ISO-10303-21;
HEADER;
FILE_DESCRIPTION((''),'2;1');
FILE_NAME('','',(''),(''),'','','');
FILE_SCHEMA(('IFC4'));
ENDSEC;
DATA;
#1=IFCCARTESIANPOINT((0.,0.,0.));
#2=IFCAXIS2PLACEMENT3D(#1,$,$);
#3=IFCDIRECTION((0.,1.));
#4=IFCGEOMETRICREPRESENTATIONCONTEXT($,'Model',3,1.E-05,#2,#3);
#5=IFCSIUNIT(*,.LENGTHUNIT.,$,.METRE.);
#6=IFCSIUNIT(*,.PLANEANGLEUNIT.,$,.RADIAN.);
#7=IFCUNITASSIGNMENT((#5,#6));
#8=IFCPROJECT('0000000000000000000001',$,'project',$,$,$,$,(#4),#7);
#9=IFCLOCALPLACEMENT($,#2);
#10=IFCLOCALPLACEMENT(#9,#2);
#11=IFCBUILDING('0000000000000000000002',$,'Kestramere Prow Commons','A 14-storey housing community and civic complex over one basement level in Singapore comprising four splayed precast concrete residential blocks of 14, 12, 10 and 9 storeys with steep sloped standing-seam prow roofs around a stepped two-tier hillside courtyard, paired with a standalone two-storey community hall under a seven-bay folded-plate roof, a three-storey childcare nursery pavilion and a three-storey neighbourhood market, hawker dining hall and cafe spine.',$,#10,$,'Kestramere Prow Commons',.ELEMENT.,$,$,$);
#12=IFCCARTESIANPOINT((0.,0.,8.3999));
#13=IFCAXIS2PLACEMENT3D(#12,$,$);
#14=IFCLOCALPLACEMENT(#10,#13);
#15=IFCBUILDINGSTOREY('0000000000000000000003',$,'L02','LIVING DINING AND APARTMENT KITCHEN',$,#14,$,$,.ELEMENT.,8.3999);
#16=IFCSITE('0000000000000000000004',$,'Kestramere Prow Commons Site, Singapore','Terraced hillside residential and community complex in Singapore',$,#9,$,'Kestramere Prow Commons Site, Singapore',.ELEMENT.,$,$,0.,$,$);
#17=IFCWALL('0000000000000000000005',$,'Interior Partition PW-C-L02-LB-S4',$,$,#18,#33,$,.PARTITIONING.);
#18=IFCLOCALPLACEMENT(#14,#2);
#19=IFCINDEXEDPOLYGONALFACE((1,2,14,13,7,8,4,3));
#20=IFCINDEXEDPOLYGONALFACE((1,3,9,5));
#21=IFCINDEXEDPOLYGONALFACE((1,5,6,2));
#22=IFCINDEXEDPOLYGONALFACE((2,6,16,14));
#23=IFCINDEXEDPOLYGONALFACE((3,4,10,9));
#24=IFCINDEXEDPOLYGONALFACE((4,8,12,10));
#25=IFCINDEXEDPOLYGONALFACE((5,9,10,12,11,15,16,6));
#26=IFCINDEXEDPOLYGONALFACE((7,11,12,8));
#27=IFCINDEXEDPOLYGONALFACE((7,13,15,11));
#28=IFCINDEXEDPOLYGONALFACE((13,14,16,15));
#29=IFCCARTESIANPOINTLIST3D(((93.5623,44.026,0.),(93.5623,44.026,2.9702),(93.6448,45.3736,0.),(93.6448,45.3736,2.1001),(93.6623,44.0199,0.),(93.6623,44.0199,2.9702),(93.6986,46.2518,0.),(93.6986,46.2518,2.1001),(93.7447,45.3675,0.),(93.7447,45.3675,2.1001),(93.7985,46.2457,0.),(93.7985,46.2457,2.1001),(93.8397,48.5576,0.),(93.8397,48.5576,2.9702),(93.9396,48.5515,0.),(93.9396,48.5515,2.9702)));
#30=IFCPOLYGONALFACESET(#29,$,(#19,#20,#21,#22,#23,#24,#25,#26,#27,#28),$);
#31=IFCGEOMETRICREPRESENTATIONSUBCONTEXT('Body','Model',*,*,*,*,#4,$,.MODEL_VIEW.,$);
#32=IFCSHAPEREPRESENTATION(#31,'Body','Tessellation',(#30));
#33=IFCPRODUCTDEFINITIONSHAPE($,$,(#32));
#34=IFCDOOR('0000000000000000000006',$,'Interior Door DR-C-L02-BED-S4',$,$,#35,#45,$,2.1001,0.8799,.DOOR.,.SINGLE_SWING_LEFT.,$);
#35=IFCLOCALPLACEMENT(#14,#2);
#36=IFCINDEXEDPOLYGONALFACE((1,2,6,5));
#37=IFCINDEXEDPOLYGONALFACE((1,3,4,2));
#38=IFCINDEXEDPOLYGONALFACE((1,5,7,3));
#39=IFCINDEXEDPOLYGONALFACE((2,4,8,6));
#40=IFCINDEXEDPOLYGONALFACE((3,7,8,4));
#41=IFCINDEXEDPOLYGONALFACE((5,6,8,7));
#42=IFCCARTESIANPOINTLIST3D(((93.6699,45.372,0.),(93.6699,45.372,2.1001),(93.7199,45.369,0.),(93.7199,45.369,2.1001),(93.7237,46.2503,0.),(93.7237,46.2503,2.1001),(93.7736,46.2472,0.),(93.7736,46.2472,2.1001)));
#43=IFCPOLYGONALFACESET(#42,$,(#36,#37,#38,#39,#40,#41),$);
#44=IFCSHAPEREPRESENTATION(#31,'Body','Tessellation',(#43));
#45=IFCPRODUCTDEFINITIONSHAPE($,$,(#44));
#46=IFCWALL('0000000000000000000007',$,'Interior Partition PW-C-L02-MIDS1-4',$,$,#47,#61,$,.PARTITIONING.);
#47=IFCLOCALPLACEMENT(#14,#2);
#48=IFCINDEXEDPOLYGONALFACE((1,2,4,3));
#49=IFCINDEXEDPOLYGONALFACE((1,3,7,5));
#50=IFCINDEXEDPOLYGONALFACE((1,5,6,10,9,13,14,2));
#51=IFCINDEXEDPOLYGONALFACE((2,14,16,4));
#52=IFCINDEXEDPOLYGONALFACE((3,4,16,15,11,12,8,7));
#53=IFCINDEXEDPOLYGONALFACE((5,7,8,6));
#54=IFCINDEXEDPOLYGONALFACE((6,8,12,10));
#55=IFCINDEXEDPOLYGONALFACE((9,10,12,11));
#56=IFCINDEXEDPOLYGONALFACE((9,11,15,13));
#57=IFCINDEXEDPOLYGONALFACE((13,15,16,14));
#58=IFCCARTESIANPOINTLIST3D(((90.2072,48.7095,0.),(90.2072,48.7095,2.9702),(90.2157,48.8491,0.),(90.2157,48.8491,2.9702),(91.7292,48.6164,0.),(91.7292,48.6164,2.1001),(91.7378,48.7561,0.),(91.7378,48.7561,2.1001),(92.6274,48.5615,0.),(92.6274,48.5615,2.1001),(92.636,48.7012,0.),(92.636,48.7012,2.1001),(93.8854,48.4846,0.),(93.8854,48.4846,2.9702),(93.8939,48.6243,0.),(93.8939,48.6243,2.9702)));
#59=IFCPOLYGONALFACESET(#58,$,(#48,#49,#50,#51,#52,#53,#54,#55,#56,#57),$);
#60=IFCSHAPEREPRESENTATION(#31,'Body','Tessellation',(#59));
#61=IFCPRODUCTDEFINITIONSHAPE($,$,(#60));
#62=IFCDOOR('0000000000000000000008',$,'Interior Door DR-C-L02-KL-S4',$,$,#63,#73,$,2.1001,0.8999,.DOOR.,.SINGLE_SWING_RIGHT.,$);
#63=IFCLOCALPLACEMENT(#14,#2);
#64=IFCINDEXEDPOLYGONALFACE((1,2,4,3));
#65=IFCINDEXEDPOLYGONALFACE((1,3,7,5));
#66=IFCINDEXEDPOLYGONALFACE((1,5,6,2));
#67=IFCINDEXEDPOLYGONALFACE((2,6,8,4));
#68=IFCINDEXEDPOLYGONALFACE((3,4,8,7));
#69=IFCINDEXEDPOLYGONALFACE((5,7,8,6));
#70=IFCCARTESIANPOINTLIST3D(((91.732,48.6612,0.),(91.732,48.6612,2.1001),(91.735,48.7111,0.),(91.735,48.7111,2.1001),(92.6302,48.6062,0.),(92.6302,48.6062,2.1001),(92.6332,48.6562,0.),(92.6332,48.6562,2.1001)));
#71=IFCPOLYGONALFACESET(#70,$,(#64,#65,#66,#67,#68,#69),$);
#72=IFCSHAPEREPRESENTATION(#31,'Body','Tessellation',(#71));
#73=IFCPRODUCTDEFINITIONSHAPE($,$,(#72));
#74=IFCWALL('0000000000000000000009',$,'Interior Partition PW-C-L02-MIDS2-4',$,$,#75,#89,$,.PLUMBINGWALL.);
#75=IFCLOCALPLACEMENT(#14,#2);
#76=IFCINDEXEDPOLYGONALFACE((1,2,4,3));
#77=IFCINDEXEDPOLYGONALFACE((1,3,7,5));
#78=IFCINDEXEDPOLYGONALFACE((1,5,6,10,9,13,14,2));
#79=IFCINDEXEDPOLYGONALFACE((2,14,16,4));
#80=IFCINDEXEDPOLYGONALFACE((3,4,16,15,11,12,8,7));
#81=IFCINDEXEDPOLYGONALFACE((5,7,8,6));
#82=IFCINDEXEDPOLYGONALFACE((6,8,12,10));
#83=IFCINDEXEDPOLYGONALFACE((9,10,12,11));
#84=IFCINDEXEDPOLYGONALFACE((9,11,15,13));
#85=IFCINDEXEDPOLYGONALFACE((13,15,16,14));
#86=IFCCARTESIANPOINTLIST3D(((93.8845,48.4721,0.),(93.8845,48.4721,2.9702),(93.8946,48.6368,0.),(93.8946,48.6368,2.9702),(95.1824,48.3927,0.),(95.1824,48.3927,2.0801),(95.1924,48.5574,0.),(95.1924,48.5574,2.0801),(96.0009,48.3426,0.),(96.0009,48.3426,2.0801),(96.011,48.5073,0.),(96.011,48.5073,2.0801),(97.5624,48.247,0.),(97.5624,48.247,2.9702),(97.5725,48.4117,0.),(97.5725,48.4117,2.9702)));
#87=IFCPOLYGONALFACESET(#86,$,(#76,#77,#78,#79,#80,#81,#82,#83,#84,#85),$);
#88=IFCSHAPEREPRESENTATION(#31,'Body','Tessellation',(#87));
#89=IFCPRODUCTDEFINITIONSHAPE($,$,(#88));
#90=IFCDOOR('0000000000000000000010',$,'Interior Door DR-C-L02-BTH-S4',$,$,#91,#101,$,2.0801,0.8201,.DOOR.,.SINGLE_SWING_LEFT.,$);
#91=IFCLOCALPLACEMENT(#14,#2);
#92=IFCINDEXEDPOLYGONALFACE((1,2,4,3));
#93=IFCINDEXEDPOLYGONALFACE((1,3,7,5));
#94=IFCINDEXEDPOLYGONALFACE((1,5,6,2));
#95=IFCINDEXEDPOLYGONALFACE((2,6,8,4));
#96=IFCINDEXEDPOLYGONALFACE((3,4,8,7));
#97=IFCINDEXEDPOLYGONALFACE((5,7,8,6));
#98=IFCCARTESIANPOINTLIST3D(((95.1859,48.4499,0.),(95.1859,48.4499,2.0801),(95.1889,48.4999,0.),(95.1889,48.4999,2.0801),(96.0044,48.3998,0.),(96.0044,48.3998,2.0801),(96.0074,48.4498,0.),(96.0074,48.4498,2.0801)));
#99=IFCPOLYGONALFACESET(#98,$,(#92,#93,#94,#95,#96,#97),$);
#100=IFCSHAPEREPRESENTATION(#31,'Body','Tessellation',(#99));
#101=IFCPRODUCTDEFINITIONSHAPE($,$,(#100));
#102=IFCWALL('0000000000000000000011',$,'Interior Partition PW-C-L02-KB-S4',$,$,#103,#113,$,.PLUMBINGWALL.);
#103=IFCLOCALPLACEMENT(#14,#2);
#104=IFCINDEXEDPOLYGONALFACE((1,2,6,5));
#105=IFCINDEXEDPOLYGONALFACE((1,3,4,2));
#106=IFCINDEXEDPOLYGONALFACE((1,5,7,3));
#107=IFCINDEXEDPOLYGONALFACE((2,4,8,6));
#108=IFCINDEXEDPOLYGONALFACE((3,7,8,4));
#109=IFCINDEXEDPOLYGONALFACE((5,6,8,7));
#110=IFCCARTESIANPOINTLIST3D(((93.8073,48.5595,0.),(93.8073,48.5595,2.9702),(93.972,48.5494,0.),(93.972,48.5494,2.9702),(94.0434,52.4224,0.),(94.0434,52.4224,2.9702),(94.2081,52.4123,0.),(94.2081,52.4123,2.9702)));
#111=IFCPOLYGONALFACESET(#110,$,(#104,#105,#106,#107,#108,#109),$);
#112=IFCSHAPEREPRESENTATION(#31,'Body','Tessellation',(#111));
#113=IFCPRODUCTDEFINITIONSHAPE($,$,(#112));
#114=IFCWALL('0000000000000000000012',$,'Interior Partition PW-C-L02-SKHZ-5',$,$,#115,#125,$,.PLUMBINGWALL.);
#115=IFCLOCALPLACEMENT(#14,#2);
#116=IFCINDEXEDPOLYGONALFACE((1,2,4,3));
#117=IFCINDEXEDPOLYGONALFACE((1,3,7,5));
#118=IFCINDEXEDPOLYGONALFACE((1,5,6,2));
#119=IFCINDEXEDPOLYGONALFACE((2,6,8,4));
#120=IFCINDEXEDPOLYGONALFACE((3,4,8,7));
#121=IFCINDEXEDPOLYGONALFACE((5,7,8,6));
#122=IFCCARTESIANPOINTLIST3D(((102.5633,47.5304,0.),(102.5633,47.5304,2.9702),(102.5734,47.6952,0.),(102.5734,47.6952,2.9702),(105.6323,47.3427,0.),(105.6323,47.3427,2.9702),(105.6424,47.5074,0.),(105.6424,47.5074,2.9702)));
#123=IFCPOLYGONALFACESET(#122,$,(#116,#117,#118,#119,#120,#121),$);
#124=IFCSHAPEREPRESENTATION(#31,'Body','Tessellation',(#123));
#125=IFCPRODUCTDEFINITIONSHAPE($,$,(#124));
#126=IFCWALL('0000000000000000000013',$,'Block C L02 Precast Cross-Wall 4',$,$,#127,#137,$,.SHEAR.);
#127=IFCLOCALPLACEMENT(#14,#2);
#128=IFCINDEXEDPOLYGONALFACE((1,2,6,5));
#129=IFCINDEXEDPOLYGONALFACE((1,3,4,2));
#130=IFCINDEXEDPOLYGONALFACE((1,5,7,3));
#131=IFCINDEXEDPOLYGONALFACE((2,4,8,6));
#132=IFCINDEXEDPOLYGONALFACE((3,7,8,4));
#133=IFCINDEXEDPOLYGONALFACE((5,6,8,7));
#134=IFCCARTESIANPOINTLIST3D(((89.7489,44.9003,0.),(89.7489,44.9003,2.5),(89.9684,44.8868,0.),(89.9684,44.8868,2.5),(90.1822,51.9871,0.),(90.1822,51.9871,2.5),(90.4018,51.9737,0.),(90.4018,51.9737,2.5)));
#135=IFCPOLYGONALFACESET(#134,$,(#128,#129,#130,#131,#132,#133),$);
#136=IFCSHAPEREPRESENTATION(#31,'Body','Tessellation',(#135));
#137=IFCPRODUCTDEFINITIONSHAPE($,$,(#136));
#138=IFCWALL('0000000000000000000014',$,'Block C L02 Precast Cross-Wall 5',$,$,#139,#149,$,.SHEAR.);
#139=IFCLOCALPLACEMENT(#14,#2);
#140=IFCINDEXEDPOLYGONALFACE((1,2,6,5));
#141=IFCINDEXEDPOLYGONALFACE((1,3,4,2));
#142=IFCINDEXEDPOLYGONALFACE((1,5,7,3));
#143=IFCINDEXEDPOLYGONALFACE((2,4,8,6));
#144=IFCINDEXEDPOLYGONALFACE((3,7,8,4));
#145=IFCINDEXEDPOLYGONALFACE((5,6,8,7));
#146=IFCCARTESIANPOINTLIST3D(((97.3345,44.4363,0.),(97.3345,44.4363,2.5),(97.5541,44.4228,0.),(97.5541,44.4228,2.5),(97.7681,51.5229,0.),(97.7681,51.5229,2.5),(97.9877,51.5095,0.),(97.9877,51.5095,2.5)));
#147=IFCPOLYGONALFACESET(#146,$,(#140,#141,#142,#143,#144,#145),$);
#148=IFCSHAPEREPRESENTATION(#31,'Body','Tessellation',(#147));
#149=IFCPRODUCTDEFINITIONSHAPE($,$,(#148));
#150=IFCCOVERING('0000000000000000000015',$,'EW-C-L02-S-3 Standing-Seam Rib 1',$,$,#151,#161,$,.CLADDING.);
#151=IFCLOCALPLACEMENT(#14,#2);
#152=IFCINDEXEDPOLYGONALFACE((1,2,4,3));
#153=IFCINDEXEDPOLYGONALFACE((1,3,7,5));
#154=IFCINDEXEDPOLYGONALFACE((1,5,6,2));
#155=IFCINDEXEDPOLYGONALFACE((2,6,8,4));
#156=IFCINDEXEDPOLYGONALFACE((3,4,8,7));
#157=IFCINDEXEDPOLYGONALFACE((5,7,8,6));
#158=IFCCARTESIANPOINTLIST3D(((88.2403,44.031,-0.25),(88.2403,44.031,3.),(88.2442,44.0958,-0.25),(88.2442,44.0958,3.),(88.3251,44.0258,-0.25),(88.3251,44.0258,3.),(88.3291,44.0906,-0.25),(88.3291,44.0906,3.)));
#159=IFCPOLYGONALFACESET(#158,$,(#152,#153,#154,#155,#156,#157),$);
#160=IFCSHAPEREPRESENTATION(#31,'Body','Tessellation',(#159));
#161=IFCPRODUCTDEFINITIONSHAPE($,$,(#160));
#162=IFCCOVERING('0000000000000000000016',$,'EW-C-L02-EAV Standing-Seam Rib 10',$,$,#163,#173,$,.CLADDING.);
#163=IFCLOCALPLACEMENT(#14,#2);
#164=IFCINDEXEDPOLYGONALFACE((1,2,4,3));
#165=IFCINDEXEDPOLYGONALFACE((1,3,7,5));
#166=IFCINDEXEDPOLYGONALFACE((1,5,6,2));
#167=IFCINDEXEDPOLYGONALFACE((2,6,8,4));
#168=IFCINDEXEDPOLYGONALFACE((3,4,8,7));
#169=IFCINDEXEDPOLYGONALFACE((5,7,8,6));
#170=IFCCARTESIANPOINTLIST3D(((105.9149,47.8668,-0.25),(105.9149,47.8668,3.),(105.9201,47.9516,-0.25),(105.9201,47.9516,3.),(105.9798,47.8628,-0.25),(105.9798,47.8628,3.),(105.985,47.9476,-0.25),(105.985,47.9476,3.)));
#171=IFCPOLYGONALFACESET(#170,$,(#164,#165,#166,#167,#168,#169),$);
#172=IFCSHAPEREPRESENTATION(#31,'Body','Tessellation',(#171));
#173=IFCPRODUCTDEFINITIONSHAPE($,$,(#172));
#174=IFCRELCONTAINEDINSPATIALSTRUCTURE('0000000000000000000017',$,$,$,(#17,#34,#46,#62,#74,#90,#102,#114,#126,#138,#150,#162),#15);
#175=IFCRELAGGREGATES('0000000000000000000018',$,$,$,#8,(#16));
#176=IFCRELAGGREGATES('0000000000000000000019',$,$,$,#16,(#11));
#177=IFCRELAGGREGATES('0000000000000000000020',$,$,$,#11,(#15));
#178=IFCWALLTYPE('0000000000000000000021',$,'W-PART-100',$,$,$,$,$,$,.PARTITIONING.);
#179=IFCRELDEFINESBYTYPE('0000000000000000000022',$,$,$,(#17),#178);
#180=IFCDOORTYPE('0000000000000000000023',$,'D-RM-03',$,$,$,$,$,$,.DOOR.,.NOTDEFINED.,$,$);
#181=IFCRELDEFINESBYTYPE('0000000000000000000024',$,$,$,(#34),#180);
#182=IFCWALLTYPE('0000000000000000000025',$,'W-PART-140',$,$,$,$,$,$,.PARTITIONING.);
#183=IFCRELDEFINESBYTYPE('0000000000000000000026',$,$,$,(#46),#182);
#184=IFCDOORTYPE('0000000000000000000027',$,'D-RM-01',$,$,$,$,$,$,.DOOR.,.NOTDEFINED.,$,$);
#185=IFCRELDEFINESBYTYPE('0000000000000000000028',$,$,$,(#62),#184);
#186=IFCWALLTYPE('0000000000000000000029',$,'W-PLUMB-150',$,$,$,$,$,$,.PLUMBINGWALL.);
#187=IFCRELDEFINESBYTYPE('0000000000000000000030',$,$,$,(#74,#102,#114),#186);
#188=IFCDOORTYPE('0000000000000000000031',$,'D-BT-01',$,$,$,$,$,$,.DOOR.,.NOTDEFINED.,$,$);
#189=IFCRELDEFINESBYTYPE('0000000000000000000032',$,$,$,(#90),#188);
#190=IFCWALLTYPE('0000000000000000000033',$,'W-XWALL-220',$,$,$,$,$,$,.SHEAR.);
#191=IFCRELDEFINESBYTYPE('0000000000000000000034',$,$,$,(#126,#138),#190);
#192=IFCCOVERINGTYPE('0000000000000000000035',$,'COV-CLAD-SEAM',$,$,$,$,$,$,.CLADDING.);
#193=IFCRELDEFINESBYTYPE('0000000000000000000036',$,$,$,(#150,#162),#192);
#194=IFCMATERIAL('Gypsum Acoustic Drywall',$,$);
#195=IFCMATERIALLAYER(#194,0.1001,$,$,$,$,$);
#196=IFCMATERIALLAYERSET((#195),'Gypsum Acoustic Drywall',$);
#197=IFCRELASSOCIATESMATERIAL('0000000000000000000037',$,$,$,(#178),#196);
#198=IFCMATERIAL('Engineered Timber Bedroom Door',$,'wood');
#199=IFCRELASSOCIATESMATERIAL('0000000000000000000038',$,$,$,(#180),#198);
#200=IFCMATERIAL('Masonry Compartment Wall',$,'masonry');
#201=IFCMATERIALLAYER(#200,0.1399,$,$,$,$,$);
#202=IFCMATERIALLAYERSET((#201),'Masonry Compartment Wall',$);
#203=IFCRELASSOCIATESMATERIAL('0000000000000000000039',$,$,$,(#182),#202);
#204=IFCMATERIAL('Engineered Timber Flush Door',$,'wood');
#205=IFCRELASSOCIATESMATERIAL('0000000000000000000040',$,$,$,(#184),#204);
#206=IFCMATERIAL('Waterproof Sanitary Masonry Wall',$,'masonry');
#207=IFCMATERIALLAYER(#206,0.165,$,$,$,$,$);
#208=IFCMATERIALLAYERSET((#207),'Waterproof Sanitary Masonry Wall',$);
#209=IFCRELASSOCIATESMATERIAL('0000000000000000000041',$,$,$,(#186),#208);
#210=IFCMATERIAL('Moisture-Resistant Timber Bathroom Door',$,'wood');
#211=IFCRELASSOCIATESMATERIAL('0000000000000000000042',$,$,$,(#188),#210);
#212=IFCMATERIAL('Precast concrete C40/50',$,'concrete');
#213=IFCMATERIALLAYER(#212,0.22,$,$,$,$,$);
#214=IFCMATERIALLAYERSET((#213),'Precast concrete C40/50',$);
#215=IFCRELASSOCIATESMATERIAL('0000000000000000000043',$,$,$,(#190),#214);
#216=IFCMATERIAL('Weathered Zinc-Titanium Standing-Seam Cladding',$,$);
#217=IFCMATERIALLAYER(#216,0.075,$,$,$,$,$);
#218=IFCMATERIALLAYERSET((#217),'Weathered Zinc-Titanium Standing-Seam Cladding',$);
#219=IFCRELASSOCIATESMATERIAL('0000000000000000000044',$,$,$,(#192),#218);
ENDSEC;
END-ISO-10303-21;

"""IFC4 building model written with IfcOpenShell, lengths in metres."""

from ifc_helpers import new_model, si_unit, direction, frame, frame_2d, origin, origin_2d, place, context, subcontext, project, spatial, rectangle, extrude, material, layer, layer_set, type_object, element, fill, save


model = new_model("IFC4")

# Units and contexts
model_context = context("Model", 3, precision=1e-05, world=origin(), true_north=direction((0.0, 1.0)))
body_context = subcontext(model_context, "Body", "Model", "MODEL_VIEW")
ifc_project = project(units=[si_unit("LENGTHUNIT", "METRE"), si_unit("PLANEANGLEUNIT", "RADIAN")], contexts=[model_context])

# Site, building, storey
site_placement = place(None, origin())
site = spatial("IfcSite", under=ifc_project, at=site_placement, Name="Kestramere Prow Commons Site, Singapore", Description="Terraced hillside residential and community complex in Singapore", LongName="Kestramere Prow Commons Site, Singapore", CompositionType="ELEMENT", RefElevation=0.0)
building_placement = place(site_placement, origin())
building = spatial("IfcBuilding", under=site, at=building_placement, Name="Kestramere Prow Commons", Description="A 14-storey housing community and civic complex over one basement level in Singapore comprising four splayed precast concrete residential blocks of 14, 12, 10 and 9 storeys with steep sloped standing-seam prow roofs around a stepped two-tier hillside courtyard, paired with a standalone two-storey community hall under a seven-bay folded-plate roof, a three-storey childcare nursery pavilion and a three-storey neighbourhood market, hawker dining hall and cafe spine.", LongName="Kestramere Prow Commons", CompositionType="ELEMENT")
storey_placement = place(building_placement, frame((0.0, 0.0, 8.3999)))
storey = spatial("IfcBuildingStorey", under=building, at=storey_placement, Name="L02", Description="LIVING DINING AND APARTMENT KITCHEN", CompositionType="ELEMENT", Elevation=8.3999)

# Shared definitions
ifc_material_1 = material(Name="Precast concrete C40/50", Category="concrete")

# Walls, openings, doors
ifc_material_2 = material(Name="Gypsum Acoustic Drywall")
ifc_layer_1 = layer(ifc_material_2, 0.1001)
ifc_layer_set_1 = layer_set([ifc_layer_1], Name="Gypsum Acoustic Drywall")
wall_type_1 = type_object("IfcWallType", Name="W-PART-100", PredefinedType="PARTITIONING", material=ifc_layer_set_1)
wall_1_placement = place(storey_placement, frame((93.6123, 44.0229, 0.0), z_axis=(0.0, 0.0, 1.0), x_axis=(0.061089, 0.998132, 0.0)))
wall_1 = element("IfcWall", 1, at=wall_1_placement, inside=storey, type_object=wall_type_1, Name="Interior Partition PW-C-L02-LB-S4", PredefinedType="PARTITIONING", context=body_context, shape_type="SweptSolid", body=[
    extrude(rectangle(XDim=4.54, YDim=0.1001, at=frame_2d((2.27, 0.0))), origin(), (0.0, 0.0, 1.0), 2.9702),
])
opening_1_placement = place(wall_1_placement, frame((1.3501, 0.0, 0.0)))
opening_1 = element("IfcOpeningElement", 2, at=opening_1_placement, cuts=wall_1, PredefinedType="OPENING", context=body_context, shape_type="SweptSolid", body=[
    extrude(rectangle(XDim=0.8799, YDim=2.1001, at=frame_2d((0.4399, 1.05))), frame((0.0, 0.0649, 0.0), z_axis=(0.0, -1.0, 0.0), x_axis=(1.0, 0.0, 0.0)), (0.0, 0.0, 1.0), 0.1301),
])
ifc_material_3 = material(Name="Engineered Timber Bedroom Door", Category="wood")
door_type_1 = type_object("IfcDoorType", Name="D-RM-03", OperationType="NOTDEFINED", PredefinedType="DOOR", material=ifc_material_3)
door_1_placement = place(opening_1_placement, origin())
door_1 = element("IfcDoor", 3, at=door_1_placement, inside=storey, type_object=door_type_1, Name="Interior Door DR-C-L02-BED-S4", OperationType="SINGLE_SWING_LEFT", OverallHeight=2.1001, OverallWidth=0.8799, PredefinedType="DOOR", context=body_context, shape_type="SweptSolid", body=[
    extrude(rectangle(XDim=0.8799, YDim=2.1001, at=frame_2d((0.4399, 1.05))), frame((0.0, 0.0249, 0.0), z_axis=(0.0, -1.0, 0.0), x_axis=(1.0, 0.0, 0.0)), (0.0, 0.0, 1.0), 0.05),
])
fill(opening_1, door_1)
ifc_material_4 = material(Name="Masonry Compartment Wall", Category="masonry")
ifc_layer_2 = layer(ifc_material_4, 0.1399)
ifc_layer_set_2 = layer_set([ifc_layer_2], Name="Masonry Compartment Wall")
wall_type_2 = type_object("IfcWallType", Name="W-PART-140", PredefinedType="PARTITIONING", material=ifc_layer_set_2)
wall_2_placement = place(storey_placement, frame((90.2114, 48.7793, 0.0), z_axis=(0.0, 0.0, 1.0), x_axis=(0.998137, -0.061017, 0.0)))
wall_2 = element("IfcWall", 4, at=wall_2_placement, inside=storey, type_object=wall_type_2, Name="Interior Partition PW-C-L02-MIDS1-4", PredefinedType="PARTITIONING", context=body_context, shape_type="SweptSolid", body=[
    extrude(rectangle(XDim=3.6851, YDim=0.1399, at=frame_2d((1.8425, 0.0))), origin(), (0.0, 0.0, 1.0), 2.9702),
])
opening_2_placement = place(wall_2_placement, frame((1.5249, 0.0, 0.0)))
opening_2 = element("IfcOpeningElement", 5, at=opening_2_placement, cuts=wall_2, PredefinedType="OPENING", context=body_context, shape_type="SweptSolid", body=[
    extrude(rectangle(XDim=0.8999, YDim=2.1001, at=frame_2d((0.45, 1.05))), frame((0.0, 0.085, 0.0), z_axis=(0.0, -1.0, 0.0), x_axis=(1.0, 0.0, 0.0)), (0.0, 0.0, 1.0), 0.1699),
])
ifc_material_5 = material(Name="Engineered Timber Flush Door", Category="wood")
door_type_2 = type_object("IfcDoorType", Name="D-RM-01", OperationType="NOTDEFINED", PredefinedType="DOOR", material=ifc_material_5)
door_2_placement = place(opening_2_placement, origin())
door_2 = element("IfcDoor", 6, at=door_2_placement, inside=storey, type_object=door_type_2, Name="Interior Door DR-C-L02-KL-S4", OperationType="SINGLE_SWING_RIGHT", OverallHeight=2.1001, OverallWidth=0.8999, PredefinedType="DOOR", context=body_context, shape_type="SweptSolid", body=[
    extrude(rectangle(XDim=0.8999, YDim=2.1001, at=frame_2d((0.45, 1.05))), frame((0.0, 0.0249, 0.0), z_axis=(0.0, -1.0, 0.0), x_axis=(1.0, 0.0, 0.0)), (0.0, 0.0, 1.0), 0.05),
])
fill(opening_2, door_2)
ifc_material_6 = material(Name="Waterproof Sanitary Masonry Wall", Category="masonry")
ifc_layer_3 = layer(ifc_material_6, 0.165)
ifc_layer_set_3 = layer_set([ifc_layer_3], Name="Waterproof Sanitary Masonry Wall")
wall_type_3 = type_object("IfcWallType", Name="W-PLUMB-150", PredefinedType="PLUMBINGWALL", material=ifc_layer_set_3)
wall_3_placement = place(storey_placement, frame((93.8896, 48.5544, 0.0), z_axis=(0.0, 0.0, 1.0), x_axis=(0.998132, -0.061087, 0.0)))
wall_3 = element("IfcWall", 7, at=wall_3_placement, inside=storey, type_object=wall_type_3, Name="Interior Partition PW-C-L02-MIDS2-4", PredefinedType="PLUMBINGWALL", context=body_context, shape_type="SweptSolid", body=[
    extrude(rectangle(XDim=3.6848, YDim=0.165, at=frame_2d((1.8423, 0.0))), origin(), (0.0, 0.0, 1.0), 2.9702),
])
opening_3_placement = place(wall_3_placement, frame((1.3, 0.0, 0.0)))
opening_3 = element("IfcOpeningElement", 8, at=opening_3_placement, cuts=wall_3, PredefinedType="OPENING", context=body_context, shape_type="SweptSolid", body=[
    extrude(rectangle(XDim=0.8201, YDim=2.0801, at=frame_2d((0.4102, 1.04))), frame((0.0, 0.0974, 0.0), z_axis=(0.0, -1.0, 0.0), x_axis=(1.0, 0.0, 0.0)), (0.0, 0.0, 1.0), 0.1951),
])
ifc_material_7 = material(Name="Moisture-Resistant Timber Bathroom Door", Category="wood")
door_type_3 = type_object("IfcDoorType", Name="D-BT-01", OperationType="NOTDEFINED", PredefinedType="DOOR", material=ifc_material_7)
door_3_placement = place(opening_3_placement, origin())
door_3 = element("IfcDoor", 9, at=door_3_placement, inside=storey, type_object=door_type_3, Name="Interior Door DR-C-L02-BTH-S4", OperationType="SINGLE_SWING_LEFT", OverallHeight=2.0801, OverallWidth=0.8201, PredefinedType="DOOR", context=body_context, shape_type="SweptSolid", body=[
    extrude(rectangle(XDim=0.8201, YDim=2.0801, at=frame_2d((0.4102, 1.04))), frame((0.0, 0.0249, 0.0), z_axis=(0.0, -1.0, 0.0), x_axis=(1.0, 0.0, 0.0)), (0.0, 0.0, 1.0), 0.05),
])
fill(opening_3, door_3)

# Walls
wall_4_placement = place(storey_placement, frame((93.8896, 48.5544, 0.0), z_axis=(0.0, 0.0, 1.0), x_axis=(0.061004, 0.998138, 0.0)))
element("IfcWall", 10, at=wall_4_placement, inside=storey, type_object=wall_type_3, Name="Interior Partition PW-C-L02-KB-S4", PredefinedType="PLUMBINGWALL", context=body_context, shape_type="SweptSolid", body=[
    extrude(rectangle(XDim=3.8701, YDim=0.165, at=frame_2d((1.9351, 0.0))), origin(), (0.0, 0.0, 1.0), 2.9702),
])
wall_5_placement = place(storey_placement, frame((102.5684, 47.6128, 0.0), z_axis=(0.0, 0.0, 1.0), x_axis=(0.998134, -0.061058, 0.0)))
element("IfcWall", 11, at=wall_5_placement, inside=storey, type_object=wall_type_3, Name="Interior Partition PW-C-L02-SKHZ-5", PredefinedType="PLUMBINGWALL", context=body_context, shape_type="SweptSolid", body=[
    extrude(rectangle(XDim=3.0747, YDim=0.165, at=frame_2d((1.5374, 0.0))), origin(), (0.0, 0.0, 1.0), 2.9702),
])
ifc_layer_4 = layer(ifc_material_1, 0.22)
ifc_layer_set_4 = layer_set([ifc_layer_4], Name="Precast concrete C40/50")
wall_type_4 = type_object("IfcWallType", Name="W-XWALL-220", PredefinedType="SHEAR", material=ifc_layer_set_4)
wall_6_placement = place(storey_placement, frame((89.8586, 44.8936, 0.0), z_axis=(0.0, 0.0, 1.0), x_axis=(0.061034, 0.998136, 0.0)))
element("IfcWall", 12, at=wall_6_placement, inside=storey, type_object=wall_type_4, Name="Block C L02 Precast Cross-Wall 4", PredefinedType="SHEAR", context=body_context, shape_type="SweptSolid", body=[
    extrude(rectangle(XDim=7.1001, YDim=0.22, at=frame_2d((3.55, 0.0))), origin(), (0.0, 0.0, 1.0), 2.5),
])
wall_7_placement = place(storey_placement, frame((97.4443, 44.4297, 0.0), z_axis=(0.0, 0.0, 1.0), x_axis=(0.06107, 0.998133, 0.0)))
element("IfcWall", 13, at=wall_7_placement, inside=storey, type_object=wall_type_4, Name="Block C L02 Precast Cross-Wall 5", PredefinedType="SHEAR", context=body_context, shape_type="SweptSolid", body=[
    extrude(rectangle(XDim=7.0999, YDim=0.22, at=frame_2d((3.5498, 0.0))), origin(), (0.0, 0.0, 1.0), 2.5),
])

# Coverings
ifc_material_8 = material(Name="Weathered Zinc-Titanium Standing-Seam Cladding")
ifc_layer_5 = layer(ifc_material_8, 0.075)
ifc_layer_set_5 = layer_set([ifc_layer_5], Name="Weathered Zinc-Titanium Standing-Seam Cladding")
covering_type = type_object("IfcCoveringType", Name="COV-CLAD-SEAM", PredefinedType="CLADDING", material=ifc_layer_set_5)
for number, where, z_axis, x_axis, name in (
    (14, (88.2847, 44.0608, -0.25), (0.0, 0.0, 1.0), (-0.998135, 0.061049, 0.0), "EW-C-L02-S-3 Standing-Seam Rib 1"),
    (15, (105.95, 47.9072, -0.25), (0.0, 0.0, 1.0), (-0.061049, -0.998135, 0.0), "EW-C-L02-EAV Standing-Seam Rib 10"),
):
    element("IfcCovering", number, at=place(storey_placement, frame(where, z_axis=z_axis, x_axis=x_axis)), inside=storey, type_object=covering_type, Name=name, PredefinedType="CLADDING", context=body_context, shape_type="SweptSolid", body=[
        extrude(rectangle(XDim=0.085, YDim=0.0649, at=origin_2d()), origin(), (0.0, 0.0, 1.0), 3.25),
    ])

save(model, "model.ifc")
